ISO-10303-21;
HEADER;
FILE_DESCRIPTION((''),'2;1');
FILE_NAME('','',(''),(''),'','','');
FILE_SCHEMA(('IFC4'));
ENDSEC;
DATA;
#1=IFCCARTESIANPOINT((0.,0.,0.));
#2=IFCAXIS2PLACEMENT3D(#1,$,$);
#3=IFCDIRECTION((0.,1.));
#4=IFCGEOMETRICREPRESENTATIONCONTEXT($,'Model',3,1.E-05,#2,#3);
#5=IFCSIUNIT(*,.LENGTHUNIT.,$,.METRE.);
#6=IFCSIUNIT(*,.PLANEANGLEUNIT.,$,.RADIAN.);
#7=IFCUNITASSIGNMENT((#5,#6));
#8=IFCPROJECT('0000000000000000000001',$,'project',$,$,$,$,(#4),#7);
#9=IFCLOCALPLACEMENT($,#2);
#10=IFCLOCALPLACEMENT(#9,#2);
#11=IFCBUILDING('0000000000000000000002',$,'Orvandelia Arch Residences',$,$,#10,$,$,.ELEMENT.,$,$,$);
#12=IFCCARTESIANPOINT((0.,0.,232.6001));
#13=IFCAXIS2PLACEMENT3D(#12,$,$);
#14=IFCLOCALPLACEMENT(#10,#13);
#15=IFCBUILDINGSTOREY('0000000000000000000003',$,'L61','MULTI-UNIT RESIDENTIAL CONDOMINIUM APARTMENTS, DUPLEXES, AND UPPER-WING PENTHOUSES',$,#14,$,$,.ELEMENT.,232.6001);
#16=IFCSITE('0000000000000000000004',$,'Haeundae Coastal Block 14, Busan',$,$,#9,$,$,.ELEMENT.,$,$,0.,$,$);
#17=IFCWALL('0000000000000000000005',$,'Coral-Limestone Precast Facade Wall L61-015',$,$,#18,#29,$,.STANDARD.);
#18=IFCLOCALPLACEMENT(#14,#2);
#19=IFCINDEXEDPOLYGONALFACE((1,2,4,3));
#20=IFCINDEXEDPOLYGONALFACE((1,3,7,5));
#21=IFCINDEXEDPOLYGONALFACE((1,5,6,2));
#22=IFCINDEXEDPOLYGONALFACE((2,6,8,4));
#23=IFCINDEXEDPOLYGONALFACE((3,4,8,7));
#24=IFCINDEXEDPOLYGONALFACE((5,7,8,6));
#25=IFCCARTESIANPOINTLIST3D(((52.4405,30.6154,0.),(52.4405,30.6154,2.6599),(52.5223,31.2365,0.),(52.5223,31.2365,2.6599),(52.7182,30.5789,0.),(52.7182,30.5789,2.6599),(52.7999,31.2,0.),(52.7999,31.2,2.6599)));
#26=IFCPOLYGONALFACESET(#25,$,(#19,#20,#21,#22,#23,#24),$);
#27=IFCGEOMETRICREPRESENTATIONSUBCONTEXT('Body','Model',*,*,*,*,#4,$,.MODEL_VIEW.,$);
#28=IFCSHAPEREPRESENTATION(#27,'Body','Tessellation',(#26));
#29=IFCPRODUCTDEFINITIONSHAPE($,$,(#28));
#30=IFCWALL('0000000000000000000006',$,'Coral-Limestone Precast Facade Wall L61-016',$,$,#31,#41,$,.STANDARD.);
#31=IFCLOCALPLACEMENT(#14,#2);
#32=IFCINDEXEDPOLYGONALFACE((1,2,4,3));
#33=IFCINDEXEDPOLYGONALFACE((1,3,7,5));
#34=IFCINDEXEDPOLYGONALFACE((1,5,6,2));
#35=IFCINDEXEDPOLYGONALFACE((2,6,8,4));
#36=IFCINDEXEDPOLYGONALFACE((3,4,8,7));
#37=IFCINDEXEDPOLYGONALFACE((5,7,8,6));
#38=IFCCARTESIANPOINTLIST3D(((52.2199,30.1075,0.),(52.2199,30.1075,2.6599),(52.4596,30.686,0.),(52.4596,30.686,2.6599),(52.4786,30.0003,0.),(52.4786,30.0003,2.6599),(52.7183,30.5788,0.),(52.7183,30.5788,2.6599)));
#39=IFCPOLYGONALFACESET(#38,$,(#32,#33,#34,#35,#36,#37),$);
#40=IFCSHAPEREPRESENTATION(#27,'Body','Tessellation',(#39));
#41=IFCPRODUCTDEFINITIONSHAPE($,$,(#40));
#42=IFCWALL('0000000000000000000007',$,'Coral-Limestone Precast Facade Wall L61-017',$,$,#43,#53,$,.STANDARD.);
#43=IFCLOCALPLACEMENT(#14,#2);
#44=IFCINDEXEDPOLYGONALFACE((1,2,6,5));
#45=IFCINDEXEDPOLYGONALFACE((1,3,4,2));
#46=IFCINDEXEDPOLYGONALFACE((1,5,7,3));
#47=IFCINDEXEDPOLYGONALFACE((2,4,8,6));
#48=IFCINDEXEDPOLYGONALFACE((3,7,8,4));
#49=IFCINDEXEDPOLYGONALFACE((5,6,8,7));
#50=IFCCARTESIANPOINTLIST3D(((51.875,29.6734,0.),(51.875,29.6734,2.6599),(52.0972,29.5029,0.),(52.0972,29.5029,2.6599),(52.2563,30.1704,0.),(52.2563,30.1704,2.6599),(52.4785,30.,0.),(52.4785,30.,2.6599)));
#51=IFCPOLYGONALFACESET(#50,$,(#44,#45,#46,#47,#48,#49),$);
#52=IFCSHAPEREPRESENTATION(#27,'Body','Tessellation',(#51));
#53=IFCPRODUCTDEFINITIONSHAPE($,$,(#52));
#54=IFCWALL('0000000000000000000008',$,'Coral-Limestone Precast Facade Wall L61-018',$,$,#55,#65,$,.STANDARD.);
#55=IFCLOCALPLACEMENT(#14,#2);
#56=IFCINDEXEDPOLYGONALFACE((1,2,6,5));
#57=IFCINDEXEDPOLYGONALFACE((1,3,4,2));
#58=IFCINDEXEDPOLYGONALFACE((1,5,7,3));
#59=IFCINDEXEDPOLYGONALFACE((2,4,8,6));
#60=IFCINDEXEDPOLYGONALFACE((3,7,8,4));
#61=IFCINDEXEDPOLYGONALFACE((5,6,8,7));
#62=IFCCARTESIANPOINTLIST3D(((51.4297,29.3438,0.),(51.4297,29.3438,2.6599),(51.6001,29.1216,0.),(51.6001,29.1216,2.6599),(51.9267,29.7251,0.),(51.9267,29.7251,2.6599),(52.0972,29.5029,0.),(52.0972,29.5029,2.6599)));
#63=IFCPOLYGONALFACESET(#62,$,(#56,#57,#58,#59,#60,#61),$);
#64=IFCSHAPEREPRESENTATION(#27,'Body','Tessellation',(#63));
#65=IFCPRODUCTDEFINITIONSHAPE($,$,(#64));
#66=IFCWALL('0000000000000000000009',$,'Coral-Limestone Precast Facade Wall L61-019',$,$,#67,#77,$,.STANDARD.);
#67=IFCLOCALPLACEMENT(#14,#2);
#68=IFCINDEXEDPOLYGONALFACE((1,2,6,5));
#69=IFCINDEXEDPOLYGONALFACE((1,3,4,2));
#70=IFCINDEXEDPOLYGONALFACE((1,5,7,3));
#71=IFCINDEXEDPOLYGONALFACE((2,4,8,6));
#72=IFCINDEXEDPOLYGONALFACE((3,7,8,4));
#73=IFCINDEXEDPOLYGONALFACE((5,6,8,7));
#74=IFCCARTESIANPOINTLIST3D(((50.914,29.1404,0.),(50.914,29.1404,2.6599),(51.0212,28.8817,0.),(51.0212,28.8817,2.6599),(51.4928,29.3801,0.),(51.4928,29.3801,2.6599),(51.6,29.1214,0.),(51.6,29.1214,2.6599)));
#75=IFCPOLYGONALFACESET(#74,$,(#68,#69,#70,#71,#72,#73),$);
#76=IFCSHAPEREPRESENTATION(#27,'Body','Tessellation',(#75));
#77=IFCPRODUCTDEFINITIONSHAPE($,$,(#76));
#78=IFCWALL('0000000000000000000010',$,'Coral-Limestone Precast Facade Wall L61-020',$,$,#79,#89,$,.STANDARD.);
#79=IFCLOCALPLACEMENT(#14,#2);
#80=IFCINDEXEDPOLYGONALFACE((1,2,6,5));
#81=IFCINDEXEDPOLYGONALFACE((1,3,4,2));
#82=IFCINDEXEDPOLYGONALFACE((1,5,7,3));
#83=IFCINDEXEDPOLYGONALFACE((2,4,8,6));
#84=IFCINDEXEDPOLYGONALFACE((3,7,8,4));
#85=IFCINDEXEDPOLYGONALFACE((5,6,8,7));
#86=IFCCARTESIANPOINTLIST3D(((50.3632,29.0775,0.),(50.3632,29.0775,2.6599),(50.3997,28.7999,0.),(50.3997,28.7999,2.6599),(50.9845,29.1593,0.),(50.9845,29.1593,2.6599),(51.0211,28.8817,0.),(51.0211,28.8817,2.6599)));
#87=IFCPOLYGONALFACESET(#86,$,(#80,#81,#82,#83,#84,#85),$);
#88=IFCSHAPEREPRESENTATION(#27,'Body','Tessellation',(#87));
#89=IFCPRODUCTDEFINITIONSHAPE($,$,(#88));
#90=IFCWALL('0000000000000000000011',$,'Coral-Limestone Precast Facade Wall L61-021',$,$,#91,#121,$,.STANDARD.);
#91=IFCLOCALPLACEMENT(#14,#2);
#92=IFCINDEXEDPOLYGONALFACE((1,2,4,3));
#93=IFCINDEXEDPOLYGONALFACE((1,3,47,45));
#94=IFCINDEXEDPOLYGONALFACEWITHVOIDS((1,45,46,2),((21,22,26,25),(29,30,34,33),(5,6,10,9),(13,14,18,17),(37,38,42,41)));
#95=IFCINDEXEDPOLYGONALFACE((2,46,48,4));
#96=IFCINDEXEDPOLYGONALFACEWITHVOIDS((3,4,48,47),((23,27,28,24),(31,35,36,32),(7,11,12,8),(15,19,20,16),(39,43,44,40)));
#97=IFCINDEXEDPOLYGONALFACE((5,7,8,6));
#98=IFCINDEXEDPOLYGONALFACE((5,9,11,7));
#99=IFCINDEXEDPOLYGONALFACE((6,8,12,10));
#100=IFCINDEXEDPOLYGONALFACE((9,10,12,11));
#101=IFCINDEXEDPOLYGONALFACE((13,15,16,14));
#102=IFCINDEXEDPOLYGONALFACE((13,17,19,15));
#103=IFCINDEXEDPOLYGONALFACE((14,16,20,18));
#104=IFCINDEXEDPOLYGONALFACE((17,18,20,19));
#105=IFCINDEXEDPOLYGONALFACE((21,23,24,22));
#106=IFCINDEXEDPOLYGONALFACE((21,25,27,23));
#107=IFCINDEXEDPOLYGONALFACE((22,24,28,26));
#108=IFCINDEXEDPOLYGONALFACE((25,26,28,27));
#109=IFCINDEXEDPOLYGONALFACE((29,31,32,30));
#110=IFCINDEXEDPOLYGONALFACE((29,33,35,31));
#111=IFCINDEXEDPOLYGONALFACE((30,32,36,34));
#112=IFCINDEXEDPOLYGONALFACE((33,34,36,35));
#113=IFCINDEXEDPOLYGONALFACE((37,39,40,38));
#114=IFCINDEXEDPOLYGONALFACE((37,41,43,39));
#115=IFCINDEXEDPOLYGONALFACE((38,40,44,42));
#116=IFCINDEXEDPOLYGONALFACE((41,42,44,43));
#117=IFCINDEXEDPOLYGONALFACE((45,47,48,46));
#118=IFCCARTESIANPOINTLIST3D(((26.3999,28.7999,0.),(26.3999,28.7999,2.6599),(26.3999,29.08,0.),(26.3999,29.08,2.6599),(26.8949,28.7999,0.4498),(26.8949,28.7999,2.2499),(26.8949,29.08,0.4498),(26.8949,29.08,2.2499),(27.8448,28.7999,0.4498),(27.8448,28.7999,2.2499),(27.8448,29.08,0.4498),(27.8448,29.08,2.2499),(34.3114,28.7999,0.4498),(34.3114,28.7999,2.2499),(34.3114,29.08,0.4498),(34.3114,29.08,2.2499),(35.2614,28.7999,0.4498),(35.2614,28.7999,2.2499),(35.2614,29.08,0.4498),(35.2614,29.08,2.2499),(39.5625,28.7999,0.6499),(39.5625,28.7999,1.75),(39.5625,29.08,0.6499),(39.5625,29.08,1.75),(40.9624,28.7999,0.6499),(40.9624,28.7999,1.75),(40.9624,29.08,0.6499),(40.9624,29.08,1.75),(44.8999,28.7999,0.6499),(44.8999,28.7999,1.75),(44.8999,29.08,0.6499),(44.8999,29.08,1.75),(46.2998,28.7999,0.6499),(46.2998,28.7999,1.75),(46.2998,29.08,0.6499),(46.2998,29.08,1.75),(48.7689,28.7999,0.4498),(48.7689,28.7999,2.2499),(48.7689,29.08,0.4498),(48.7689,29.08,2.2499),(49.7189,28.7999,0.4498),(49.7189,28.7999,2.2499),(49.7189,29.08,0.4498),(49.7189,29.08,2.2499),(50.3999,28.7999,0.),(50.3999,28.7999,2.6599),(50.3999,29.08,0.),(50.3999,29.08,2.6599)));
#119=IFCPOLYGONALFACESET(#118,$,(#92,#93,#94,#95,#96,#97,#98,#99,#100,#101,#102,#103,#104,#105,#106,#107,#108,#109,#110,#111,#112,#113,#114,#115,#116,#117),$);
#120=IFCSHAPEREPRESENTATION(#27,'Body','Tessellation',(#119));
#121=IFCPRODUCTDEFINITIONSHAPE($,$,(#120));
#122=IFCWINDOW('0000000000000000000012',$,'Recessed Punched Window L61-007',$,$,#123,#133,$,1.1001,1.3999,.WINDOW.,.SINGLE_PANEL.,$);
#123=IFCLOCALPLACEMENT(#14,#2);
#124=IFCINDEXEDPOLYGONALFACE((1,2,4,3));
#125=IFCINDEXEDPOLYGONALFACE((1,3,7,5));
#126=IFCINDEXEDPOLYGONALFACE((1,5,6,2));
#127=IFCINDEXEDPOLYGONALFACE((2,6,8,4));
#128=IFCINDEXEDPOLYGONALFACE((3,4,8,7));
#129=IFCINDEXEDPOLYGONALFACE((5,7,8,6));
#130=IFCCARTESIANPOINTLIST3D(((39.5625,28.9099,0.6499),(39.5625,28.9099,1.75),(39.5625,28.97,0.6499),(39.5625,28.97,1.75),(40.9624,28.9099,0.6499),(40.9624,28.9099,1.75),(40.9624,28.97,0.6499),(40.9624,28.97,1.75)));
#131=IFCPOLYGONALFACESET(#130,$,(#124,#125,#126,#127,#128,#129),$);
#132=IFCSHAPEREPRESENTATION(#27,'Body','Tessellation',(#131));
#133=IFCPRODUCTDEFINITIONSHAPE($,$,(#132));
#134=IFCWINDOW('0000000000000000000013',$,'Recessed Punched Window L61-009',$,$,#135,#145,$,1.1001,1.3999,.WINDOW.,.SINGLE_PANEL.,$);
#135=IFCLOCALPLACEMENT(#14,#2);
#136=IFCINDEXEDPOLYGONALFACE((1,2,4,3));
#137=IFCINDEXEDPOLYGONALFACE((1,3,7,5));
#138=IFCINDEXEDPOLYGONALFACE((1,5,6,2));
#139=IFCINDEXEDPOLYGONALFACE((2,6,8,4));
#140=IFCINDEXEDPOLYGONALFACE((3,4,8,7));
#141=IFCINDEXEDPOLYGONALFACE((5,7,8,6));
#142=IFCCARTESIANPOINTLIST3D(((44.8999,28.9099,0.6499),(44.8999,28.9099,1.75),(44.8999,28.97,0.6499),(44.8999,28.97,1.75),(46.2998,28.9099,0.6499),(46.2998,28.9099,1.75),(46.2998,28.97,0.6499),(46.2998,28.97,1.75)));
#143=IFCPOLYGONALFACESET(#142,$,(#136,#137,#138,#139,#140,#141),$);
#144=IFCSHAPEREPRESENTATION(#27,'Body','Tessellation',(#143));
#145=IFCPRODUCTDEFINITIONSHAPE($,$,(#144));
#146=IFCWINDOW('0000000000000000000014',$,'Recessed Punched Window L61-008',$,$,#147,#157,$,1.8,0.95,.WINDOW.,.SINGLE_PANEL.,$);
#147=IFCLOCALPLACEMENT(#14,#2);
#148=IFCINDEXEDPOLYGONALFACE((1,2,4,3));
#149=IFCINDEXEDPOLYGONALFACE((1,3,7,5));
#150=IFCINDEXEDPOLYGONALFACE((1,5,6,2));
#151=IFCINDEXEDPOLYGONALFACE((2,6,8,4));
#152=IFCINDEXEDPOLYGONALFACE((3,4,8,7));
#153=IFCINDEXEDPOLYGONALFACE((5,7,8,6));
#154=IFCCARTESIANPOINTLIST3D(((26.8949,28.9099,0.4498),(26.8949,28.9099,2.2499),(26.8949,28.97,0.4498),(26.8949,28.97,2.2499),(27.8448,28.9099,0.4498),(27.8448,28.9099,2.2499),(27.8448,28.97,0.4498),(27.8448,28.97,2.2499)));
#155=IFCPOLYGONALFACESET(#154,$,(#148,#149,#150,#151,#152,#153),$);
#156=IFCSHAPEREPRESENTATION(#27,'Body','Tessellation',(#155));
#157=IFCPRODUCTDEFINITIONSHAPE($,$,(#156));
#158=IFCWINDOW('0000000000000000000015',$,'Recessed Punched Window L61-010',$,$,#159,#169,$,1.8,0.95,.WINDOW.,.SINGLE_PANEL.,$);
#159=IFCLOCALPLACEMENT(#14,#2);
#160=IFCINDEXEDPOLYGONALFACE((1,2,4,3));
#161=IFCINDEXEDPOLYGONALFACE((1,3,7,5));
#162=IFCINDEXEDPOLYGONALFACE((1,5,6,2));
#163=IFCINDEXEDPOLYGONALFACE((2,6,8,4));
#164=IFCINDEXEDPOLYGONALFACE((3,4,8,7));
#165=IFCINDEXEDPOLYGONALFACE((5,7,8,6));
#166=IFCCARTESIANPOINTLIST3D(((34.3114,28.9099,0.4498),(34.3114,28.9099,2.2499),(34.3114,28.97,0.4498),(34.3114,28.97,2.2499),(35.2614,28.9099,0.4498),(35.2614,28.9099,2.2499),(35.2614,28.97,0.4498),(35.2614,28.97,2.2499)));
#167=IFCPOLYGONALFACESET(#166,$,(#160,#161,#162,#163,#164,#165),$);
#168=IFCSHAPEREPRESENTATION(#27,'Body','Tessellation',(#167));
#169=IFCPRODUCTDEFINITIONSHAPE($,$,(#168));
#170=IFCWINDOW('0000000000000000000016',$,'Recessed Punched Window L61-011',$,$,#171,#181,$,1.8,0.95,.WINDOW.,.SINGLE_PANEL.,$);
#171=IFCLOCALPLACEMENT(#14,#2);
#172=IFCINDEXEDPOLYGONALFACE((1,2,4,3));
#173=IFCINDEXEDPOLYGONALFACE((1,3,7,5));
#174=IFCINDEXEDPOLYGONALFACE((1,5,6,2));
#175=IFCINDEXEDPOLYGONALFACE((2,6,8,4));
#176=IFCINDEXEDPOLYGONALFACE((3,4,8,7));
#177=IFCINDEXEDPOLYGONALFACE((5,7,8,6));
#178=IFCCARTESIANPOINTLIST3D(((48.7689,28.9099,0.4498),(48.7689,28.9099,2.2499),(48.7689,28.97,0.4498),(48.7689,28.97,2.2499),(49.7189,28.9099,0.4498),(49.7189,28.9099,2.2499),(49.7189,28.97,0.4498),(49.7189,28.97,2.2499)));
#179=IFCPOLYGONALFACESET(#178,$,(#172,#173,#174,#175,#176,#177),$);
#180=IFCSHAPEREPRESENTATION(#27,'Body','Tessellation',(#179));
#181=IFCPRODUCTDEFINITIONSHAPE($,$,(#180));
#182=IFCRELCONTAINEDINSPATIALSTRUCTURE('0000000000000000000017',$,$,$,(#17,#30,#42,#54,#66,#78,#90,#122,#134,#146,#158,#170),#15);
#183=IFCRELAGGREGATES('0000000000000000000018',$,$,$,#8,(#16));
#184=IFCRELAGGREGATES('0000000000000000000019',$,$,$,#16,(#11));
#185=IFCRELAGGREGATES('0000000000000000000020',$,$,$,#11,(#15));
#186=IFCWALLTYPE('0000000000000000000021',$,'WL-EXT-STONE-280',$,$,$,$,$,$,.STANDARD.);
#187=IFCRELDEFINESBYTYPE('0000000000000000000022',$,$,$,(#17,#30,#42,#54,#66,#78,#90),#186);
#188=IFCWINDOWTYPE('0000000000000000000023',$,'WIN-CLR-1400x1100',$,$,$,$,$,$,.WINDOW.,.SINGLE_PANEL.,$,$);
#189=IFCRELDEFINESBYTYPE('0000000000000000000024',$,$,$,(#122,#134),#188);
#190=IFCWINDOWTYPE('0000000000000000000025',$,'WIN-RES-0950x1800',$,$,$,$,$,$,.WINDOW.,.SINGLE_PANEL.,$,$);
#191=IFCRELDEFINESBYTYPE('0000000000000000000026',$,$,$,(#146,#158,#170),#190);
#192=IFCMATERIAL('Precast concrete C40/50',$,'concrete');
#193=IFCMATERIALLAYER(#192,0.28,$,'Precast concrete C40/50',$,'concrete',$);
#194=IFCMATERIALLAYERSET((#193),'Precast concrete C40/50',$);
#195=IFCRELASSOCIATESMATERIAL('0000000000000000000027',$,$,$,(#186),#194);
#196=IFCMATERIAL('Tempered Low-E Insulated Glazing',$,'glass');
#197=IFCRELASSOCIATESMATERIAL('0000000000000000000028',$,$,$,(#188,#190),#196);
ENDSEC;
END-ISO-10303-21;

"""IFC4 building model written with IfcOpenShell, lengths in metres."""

from ifc_helpers import new_model, si_unit, direction, frame, frame_2d, origin, place, context, subcontext, project, spatial, rectangle, extrude, material, layer, layer_set, type_object, element, fill, save


model = new_model("IFC4")

# Units and contexts
model_context = context("Model", 3, precision=1e-05, world=origin(), true_north=direction((0.0, 1.0)))
body_context = subcontext(model_context, "Body", "Model", "MODEL_VIEW")
ifc_project = project(units=[si_unit("LENGTHUNIT", "METRE"), si_unit("PLANEANGLEUNIT", "RADIAN")], contexts=[model_context])

# Site, building, storey
site_placement = place(None, origin())
site = spatial("IfcSite", under=ifc_project, at=site_placement, Name="Haeundae Coastal Block 14, Busan", CompositionType="ELEMENT", RefElevation=0.0)
building_placement = place(site_placement, origin())
building = spatial("IfcBuilding", under=site, at=building_placement, Name="Orvandelia Arch Residences", CompositionType="ELEMENT")
storey_placement = place(building_placement, frame((0.0, 0.0, 232.6001)))
storey = spatial("IfcBuildingStorey", under=building, at=storey_placement, Name="L61", Description="MULTI-UNIT RESIDENTIAL CONDOMINIUM APARTMENTS, DUPLEXES, AND UPPER-WING PENTHOUSES", CompositionType="ELEMENT", Elevation=232.6001)

# Walls
ifc_material_1 = material(Name="Precast concrete C40/50", Category="concrete")
ifc_layer_1 = layer(ifc_material_1, 0.28, Name="Precast concrete C40/50", Category="concrete")
ifc_layer_set_1 = layer_set([ifc_layer_1], Name="Precast concrete C40/50")
wall_type_1 = type_object("IfcWallType", Name="WL-EXT-STONE-280", PredefinedType="STANDARD", material=ifc_layer_set_1)
wall_1_placement = place(storey_placement, frame((52.6611, 31.2183, 0.0), z_axis=(0.0, 0.0, 1.0), x_axis=(-0.130555, -0.991441, 0.0)))
element("IfcWall", 1, at=wall_1_placement, inside=storey, type_object=wall_type_1, Name="Coral-Limestone Precast Facade Wall L61-015", PredefinedType="STANDARD", context=body_context, shape_type="SweptSolid", body=[
    extrude(rectangle(XDim=0.6265, YDim=0.28, at=frame_2d((0.3132, 0.0))), origin(), (0.0, 0.0, 1.0), 2.6599),
])
wall_2_placement = place(storey_placement, frame((52.5889, 30.6323, 0.0), z_axis=(0.0, 0.0, 1.0), x_axis=(-0.382788, -0.923836, 0.0)))
element("IfcWall", 2, at=wall_2_placement, inside=storey, type_object=wall_type_1, Name="Coral-Limestone Precast Facade Wall L61-016", PredefinedType="STANDARD", context=body_context, shape_type="SweptSolid", body=[
    extrude(rectangle(XDim=0.6262, YDim=0.28, at=frame_2d((0.313, 0.0))), origin(), (0.0, 0.0, 1.0), 2.6599),
])
for number, where, z_axis, x_axis, name in (
    (3, (52.3674, 30.0852, 0.0), (0.0, 0.0, 1.0), (-0.608693, -0.793406, 0.0), "Coral-Limestone Precast Facade Wall L61-017"),
    (4, (52.012, 29.614, 0.0), (0.0, 0.0, 1.0), (-0.793406, -0.608693, 0.0), "Coral-Limestone Precast Facade Wall L61-018"),
    (5, (51.5464, 29.2507, 0.0), (0.0, 0.0, 1.0), (-0.923893, -0.38265, 0.0), "Coral-Limestone Precast Facade Wall L61-019"),
):
    element("IfcWall", number, at=place(storey_placement, frame(where, z_axis=z_axis, x_axis=x_axis)), inside=storey, type_object=wall_type_1, Name=name, PredefinedType="STANDARD", context=body_context, shape_type="SweptSolid", body=[
        extrude(rectangle(XDim=0.6265, YDim=0.28, at=frame_2d((0.3132, 0.0))), origin(), (0.0, 0.0, 1.0), 2.6599),
    ])
wall_3_placement = place(storey_placement, frame((51.0029, 29.0205, 0.0), z_axis=(0.0, 0.0, 1.0), x_axis=(-0.991448, -0.130505, 0.0)))
element("IfcWall", 6, at=wall_3_placement, inside=storey, type_object=wall_type_1, Name="Coral-Limestone Precast Facade Wall L61-020", PredefinedType="STANDARD", context=body_context, shape_type="SweptSolid", body=[
    extrude(rectangle(XDim=0.6267, YDim=0.28, at=frame_2d((0.3135, 0.0))), origin(), (0.0, 0.0, 1.0), 2.6599),
])

# Wall, openings, windows
wall_4_placement = place(storey_placement, frame((50.3999, 28.9399, 0.0), z_axis=(0.0, 0.0, 1.0), x_axis=(-1.0, 0.0, 0.0)))
wall_4 = element("IfcWall", 7, at=wall_4_placement, inside=storey, type_object=wall_type_1, Name="Coral-Limestone Precast Facade Wall L61-021", PredefinedType="STANDARD", context=body_context, shape_type="SweptSolid", body=[
    extrude(rectangle(XDim=24.0, YDim=0.28, at=frame_2d((12.0, 0.0))), origin(), (0.0, 0.0, 1.0), 2.6599),
])
opening_1_placement = place(wall_4_placement, frame((9.4375, 0.0, 0.6499)))
opening_1 = element("IfcOpeningElement", 8, at=opening_1_placement, cuts=wall_4, PredefinedType="OPENING", context=body_context, shape_type="SweptSolid", body=[
    extrude(rectangle(XDim=1.3999, YDim=1.1001, at=frame_2d((0.7, 0.55))), frame((0.0, 0.1499, 0.0), z_axis=(0.0, -1.0, 0.0), x_axis=(1.0, 0.0, 0.0)), (0.0, 0.0, 1.0), 0.3),
])
opening_2_placement = place(wall_4_placement, frame((22.5549, 0.0, 0.45)))
opening_2 = element("IfcOpeningElement", 9, at=opening_2_placement, cuts=wall_4, PredefinedType="OPENING", context=body_context, shape_type="SweptSolid", body=[
    extrude(rectangle(XDim=0.95, YDim=1.8, at=frame_2d((0.4751, 0.8999))), frame((0.0, 0.1499, 0.0), z_axis=(0.0, -1.0, 0.0), x_axis=(1.0, 0.0, 0.0)), (0.0, 0.0, 1.0), 0.3),
])
opening_3_placement = place(wall_4_placement, frame((4.1001, 0.0, 0.6499)))
opening_3 = element("IfcOpeningElement", 10, at=opening_3_placement, cuts=wall_4, PredefinedType="OPENING", context=body_context, shape_type="SweptSolid", body=[
    extrude(rectangle(XDim=1.3999, YDim=1.1001, at=frame_2d((0.7, 0.55))), frame((0.0, 0.1499, 0.0), z_axis=(0.0, -1.0, 0.0), x_axis=(1.0, 0.0, 0.0)), (0.0, 0.0, 1.0), 0.3),
])
opening_4_placement = place(wall_4_placement, frame((15.1384, 0.0, 0.45)))
opening_4 = element("IfcOpeningElement", 11, at=opening_4_placement, cuts=wall_4, PredefinedType="OPENING", context=body_context, shape_type="SweptSolid", body=[
    extrude(rectangle(XDim=0.95, YDim=1.8, at=frame_2d((0.4751, 0.8999))), frame((0.0, 0.1499, 0.0), z_axis=(0.0, -1.0, 0.0), x_axis=(1.0, 0.0, 0.0)), (0.0, 0.0, 1.0), 0.3),
])
opening_5_placement = place(wall_4_placement, frame((0.6809, 0.0, 0.45)))
opening_5 = element("IfcOpeningElement", 12, at=opening_5_placement, cuts=wall_4, PredefinedType="OPENING", context=body_context, shape_type="SweptSolid", body=[
    extrude(rectangle(XDim=0.95, YDim=1.8, at=frame_2d((0.4751, 0.8999))), frame((0.0, 0.1499, 0.0), z_axis=(0.0, -1.0, 0.0), x_axis=(1.0, 0.0, 0.0)), (0.0, 0.0, 1.0), 0.3),
])
ifc_material_2 = material(Name="Tempered Low-E Insulated Glazing", Category="glass")
window_type_1 = type_object("IfcWindowType", Name="WIN-CLR-1400x1100", PartitioningType="SINGLE_PANEL", PredefinedType="WINDOW", material=ifc_material_2)
window_1_placement = place(opening_1_placement, origin())
window_1 = element("IfcWindow", 13, at=window_1_placement, inside=storey, type_object=window_type_1, Name="Recessed Punched Window L61-007", OverallHeight=1.1001, OverallWidth=1.3999, PartitioningType="SINGLE_PANEL", PredefinedType="WINDOW", context=body_context, shape_type="SweptSolid", body=[
    extrude(rectangle(XDim=1.3999, YDim=1.1001, at=frame_2d((0.7, 0.55))), frame((0.0, 0.03, 0.0), z_axis=(0.0, -1.0, 0.0), x_axis=(1.0, 0.0, 0.0)), (0.0, 0.0, 1.0), 0.0601),
])
fill(opening_1, window_1)
window_2_placement = place(opening_3_placement, origin())
window_2 = element("IfcWindow", 14, at=window_2_placement, inside=storey, type_object=window_type_1, Name="Recessed Punched Window L61-009", OverallHeight=1.1001, OverallWidth=1.3999, PartitioningType="SINGLE_PANEL", PredefinedType="WINDOW", context=body_context, shape_type="SweptSolid", body=[
    extrude(rectangle(XDim=1.3999, YDim=1.1001, at=frame_2d((0.7, 0.55))), frame((0.0, 0.03, 0.0), z_axis=(0.0, -1.0, 0.0), x_axis=(1.0, 0.0, 0.0)), (0.0, 0.0, 1.0), 0.0601),
])
fill(opening_3, window_2)
window_type_2 = type_object("IfcWindowType", Name="WIN-RES-0950x1800", PartitioningType="SINGLE_PANEL", PredefinedType="WINDOW", material=ifc_material_2)
window_3_placement = place(opening_2_placement, origin())
window_3 = element("IfcWindow", 15, at=window_3_placement, inside=storey, type_object=window_type_2, Name="Recessed Punched Window L61-008", OverallHeight=1.8, OverallWidth=0.95, PartitioningType="SINGLE_PANEL", PredefinedType="WINDOW", context=body_context, shape_type="SweptSolid", body=[
    extrude(rectangle(XDim=0.95, YDim=1.8, at=frame_2d((0.4751, 0.8999))), frame((0.0, 0.03, 0.0), z_axis=(0.0, -1.0, 0.0), x_axis=(1.0, 0.0, 0.0)), (0.0, 0.0, 1.0), 0.0601),
])
fill(opening_2, window_3)
window_4_placement = place(opening_4_placement, origin())
window_4 = element("IfcWindow", 16, at=window_4_placement, inside=storey, type_object=window_type_2, Name="Recessed Punched Window L61-010", OverallHeight=1.8, OverallWidth=0.95, PartitioningType="SINGLE_PANEL", PredefinedType="WINDOW", context=body_context, shape_type="SweptSolid", body=[
    extrude(rectangle(XDim=0.95, YDim=1.8, at=frame_2d((0.4751, 0.8999))), frame((0.0, 0.03, 0.0), z_axis=(0.0, -1.0, 0.0), x_axis=(1.0, 0.0, 0.0)), (0.0, 0.0, 1.0), 0.0601),
])
fill(opening_4, window_4)
window_5_placement = place(opening_5_placement, origin())
window_5 = element("IfcWindow", 17, at=window_5_placement, inside=storey, type_object=window_type_2, Name="Recessed Punched Window L61-011", OverallHeight=1.8, OverallWidth=0.95, PartitioningType="SINGLE_PANEL", PredefinedType="WINDOW", context=body_context, shape_type="SweptSolid", body=[
    extrude(rectangle(XDim=0.95, YDim=1.8, at=frame_2d((0.4751, 0.8999))), frame((0.0, 0.03, 0.0), z_axis=(0.0, -1.0, 0.0), x_axis=(1.0, 0.0, 0.0)), (0.0, 0.0, 1.0), 0.0601),
])
fill(opening_5, window_5)

save(model, "model.ifc")
